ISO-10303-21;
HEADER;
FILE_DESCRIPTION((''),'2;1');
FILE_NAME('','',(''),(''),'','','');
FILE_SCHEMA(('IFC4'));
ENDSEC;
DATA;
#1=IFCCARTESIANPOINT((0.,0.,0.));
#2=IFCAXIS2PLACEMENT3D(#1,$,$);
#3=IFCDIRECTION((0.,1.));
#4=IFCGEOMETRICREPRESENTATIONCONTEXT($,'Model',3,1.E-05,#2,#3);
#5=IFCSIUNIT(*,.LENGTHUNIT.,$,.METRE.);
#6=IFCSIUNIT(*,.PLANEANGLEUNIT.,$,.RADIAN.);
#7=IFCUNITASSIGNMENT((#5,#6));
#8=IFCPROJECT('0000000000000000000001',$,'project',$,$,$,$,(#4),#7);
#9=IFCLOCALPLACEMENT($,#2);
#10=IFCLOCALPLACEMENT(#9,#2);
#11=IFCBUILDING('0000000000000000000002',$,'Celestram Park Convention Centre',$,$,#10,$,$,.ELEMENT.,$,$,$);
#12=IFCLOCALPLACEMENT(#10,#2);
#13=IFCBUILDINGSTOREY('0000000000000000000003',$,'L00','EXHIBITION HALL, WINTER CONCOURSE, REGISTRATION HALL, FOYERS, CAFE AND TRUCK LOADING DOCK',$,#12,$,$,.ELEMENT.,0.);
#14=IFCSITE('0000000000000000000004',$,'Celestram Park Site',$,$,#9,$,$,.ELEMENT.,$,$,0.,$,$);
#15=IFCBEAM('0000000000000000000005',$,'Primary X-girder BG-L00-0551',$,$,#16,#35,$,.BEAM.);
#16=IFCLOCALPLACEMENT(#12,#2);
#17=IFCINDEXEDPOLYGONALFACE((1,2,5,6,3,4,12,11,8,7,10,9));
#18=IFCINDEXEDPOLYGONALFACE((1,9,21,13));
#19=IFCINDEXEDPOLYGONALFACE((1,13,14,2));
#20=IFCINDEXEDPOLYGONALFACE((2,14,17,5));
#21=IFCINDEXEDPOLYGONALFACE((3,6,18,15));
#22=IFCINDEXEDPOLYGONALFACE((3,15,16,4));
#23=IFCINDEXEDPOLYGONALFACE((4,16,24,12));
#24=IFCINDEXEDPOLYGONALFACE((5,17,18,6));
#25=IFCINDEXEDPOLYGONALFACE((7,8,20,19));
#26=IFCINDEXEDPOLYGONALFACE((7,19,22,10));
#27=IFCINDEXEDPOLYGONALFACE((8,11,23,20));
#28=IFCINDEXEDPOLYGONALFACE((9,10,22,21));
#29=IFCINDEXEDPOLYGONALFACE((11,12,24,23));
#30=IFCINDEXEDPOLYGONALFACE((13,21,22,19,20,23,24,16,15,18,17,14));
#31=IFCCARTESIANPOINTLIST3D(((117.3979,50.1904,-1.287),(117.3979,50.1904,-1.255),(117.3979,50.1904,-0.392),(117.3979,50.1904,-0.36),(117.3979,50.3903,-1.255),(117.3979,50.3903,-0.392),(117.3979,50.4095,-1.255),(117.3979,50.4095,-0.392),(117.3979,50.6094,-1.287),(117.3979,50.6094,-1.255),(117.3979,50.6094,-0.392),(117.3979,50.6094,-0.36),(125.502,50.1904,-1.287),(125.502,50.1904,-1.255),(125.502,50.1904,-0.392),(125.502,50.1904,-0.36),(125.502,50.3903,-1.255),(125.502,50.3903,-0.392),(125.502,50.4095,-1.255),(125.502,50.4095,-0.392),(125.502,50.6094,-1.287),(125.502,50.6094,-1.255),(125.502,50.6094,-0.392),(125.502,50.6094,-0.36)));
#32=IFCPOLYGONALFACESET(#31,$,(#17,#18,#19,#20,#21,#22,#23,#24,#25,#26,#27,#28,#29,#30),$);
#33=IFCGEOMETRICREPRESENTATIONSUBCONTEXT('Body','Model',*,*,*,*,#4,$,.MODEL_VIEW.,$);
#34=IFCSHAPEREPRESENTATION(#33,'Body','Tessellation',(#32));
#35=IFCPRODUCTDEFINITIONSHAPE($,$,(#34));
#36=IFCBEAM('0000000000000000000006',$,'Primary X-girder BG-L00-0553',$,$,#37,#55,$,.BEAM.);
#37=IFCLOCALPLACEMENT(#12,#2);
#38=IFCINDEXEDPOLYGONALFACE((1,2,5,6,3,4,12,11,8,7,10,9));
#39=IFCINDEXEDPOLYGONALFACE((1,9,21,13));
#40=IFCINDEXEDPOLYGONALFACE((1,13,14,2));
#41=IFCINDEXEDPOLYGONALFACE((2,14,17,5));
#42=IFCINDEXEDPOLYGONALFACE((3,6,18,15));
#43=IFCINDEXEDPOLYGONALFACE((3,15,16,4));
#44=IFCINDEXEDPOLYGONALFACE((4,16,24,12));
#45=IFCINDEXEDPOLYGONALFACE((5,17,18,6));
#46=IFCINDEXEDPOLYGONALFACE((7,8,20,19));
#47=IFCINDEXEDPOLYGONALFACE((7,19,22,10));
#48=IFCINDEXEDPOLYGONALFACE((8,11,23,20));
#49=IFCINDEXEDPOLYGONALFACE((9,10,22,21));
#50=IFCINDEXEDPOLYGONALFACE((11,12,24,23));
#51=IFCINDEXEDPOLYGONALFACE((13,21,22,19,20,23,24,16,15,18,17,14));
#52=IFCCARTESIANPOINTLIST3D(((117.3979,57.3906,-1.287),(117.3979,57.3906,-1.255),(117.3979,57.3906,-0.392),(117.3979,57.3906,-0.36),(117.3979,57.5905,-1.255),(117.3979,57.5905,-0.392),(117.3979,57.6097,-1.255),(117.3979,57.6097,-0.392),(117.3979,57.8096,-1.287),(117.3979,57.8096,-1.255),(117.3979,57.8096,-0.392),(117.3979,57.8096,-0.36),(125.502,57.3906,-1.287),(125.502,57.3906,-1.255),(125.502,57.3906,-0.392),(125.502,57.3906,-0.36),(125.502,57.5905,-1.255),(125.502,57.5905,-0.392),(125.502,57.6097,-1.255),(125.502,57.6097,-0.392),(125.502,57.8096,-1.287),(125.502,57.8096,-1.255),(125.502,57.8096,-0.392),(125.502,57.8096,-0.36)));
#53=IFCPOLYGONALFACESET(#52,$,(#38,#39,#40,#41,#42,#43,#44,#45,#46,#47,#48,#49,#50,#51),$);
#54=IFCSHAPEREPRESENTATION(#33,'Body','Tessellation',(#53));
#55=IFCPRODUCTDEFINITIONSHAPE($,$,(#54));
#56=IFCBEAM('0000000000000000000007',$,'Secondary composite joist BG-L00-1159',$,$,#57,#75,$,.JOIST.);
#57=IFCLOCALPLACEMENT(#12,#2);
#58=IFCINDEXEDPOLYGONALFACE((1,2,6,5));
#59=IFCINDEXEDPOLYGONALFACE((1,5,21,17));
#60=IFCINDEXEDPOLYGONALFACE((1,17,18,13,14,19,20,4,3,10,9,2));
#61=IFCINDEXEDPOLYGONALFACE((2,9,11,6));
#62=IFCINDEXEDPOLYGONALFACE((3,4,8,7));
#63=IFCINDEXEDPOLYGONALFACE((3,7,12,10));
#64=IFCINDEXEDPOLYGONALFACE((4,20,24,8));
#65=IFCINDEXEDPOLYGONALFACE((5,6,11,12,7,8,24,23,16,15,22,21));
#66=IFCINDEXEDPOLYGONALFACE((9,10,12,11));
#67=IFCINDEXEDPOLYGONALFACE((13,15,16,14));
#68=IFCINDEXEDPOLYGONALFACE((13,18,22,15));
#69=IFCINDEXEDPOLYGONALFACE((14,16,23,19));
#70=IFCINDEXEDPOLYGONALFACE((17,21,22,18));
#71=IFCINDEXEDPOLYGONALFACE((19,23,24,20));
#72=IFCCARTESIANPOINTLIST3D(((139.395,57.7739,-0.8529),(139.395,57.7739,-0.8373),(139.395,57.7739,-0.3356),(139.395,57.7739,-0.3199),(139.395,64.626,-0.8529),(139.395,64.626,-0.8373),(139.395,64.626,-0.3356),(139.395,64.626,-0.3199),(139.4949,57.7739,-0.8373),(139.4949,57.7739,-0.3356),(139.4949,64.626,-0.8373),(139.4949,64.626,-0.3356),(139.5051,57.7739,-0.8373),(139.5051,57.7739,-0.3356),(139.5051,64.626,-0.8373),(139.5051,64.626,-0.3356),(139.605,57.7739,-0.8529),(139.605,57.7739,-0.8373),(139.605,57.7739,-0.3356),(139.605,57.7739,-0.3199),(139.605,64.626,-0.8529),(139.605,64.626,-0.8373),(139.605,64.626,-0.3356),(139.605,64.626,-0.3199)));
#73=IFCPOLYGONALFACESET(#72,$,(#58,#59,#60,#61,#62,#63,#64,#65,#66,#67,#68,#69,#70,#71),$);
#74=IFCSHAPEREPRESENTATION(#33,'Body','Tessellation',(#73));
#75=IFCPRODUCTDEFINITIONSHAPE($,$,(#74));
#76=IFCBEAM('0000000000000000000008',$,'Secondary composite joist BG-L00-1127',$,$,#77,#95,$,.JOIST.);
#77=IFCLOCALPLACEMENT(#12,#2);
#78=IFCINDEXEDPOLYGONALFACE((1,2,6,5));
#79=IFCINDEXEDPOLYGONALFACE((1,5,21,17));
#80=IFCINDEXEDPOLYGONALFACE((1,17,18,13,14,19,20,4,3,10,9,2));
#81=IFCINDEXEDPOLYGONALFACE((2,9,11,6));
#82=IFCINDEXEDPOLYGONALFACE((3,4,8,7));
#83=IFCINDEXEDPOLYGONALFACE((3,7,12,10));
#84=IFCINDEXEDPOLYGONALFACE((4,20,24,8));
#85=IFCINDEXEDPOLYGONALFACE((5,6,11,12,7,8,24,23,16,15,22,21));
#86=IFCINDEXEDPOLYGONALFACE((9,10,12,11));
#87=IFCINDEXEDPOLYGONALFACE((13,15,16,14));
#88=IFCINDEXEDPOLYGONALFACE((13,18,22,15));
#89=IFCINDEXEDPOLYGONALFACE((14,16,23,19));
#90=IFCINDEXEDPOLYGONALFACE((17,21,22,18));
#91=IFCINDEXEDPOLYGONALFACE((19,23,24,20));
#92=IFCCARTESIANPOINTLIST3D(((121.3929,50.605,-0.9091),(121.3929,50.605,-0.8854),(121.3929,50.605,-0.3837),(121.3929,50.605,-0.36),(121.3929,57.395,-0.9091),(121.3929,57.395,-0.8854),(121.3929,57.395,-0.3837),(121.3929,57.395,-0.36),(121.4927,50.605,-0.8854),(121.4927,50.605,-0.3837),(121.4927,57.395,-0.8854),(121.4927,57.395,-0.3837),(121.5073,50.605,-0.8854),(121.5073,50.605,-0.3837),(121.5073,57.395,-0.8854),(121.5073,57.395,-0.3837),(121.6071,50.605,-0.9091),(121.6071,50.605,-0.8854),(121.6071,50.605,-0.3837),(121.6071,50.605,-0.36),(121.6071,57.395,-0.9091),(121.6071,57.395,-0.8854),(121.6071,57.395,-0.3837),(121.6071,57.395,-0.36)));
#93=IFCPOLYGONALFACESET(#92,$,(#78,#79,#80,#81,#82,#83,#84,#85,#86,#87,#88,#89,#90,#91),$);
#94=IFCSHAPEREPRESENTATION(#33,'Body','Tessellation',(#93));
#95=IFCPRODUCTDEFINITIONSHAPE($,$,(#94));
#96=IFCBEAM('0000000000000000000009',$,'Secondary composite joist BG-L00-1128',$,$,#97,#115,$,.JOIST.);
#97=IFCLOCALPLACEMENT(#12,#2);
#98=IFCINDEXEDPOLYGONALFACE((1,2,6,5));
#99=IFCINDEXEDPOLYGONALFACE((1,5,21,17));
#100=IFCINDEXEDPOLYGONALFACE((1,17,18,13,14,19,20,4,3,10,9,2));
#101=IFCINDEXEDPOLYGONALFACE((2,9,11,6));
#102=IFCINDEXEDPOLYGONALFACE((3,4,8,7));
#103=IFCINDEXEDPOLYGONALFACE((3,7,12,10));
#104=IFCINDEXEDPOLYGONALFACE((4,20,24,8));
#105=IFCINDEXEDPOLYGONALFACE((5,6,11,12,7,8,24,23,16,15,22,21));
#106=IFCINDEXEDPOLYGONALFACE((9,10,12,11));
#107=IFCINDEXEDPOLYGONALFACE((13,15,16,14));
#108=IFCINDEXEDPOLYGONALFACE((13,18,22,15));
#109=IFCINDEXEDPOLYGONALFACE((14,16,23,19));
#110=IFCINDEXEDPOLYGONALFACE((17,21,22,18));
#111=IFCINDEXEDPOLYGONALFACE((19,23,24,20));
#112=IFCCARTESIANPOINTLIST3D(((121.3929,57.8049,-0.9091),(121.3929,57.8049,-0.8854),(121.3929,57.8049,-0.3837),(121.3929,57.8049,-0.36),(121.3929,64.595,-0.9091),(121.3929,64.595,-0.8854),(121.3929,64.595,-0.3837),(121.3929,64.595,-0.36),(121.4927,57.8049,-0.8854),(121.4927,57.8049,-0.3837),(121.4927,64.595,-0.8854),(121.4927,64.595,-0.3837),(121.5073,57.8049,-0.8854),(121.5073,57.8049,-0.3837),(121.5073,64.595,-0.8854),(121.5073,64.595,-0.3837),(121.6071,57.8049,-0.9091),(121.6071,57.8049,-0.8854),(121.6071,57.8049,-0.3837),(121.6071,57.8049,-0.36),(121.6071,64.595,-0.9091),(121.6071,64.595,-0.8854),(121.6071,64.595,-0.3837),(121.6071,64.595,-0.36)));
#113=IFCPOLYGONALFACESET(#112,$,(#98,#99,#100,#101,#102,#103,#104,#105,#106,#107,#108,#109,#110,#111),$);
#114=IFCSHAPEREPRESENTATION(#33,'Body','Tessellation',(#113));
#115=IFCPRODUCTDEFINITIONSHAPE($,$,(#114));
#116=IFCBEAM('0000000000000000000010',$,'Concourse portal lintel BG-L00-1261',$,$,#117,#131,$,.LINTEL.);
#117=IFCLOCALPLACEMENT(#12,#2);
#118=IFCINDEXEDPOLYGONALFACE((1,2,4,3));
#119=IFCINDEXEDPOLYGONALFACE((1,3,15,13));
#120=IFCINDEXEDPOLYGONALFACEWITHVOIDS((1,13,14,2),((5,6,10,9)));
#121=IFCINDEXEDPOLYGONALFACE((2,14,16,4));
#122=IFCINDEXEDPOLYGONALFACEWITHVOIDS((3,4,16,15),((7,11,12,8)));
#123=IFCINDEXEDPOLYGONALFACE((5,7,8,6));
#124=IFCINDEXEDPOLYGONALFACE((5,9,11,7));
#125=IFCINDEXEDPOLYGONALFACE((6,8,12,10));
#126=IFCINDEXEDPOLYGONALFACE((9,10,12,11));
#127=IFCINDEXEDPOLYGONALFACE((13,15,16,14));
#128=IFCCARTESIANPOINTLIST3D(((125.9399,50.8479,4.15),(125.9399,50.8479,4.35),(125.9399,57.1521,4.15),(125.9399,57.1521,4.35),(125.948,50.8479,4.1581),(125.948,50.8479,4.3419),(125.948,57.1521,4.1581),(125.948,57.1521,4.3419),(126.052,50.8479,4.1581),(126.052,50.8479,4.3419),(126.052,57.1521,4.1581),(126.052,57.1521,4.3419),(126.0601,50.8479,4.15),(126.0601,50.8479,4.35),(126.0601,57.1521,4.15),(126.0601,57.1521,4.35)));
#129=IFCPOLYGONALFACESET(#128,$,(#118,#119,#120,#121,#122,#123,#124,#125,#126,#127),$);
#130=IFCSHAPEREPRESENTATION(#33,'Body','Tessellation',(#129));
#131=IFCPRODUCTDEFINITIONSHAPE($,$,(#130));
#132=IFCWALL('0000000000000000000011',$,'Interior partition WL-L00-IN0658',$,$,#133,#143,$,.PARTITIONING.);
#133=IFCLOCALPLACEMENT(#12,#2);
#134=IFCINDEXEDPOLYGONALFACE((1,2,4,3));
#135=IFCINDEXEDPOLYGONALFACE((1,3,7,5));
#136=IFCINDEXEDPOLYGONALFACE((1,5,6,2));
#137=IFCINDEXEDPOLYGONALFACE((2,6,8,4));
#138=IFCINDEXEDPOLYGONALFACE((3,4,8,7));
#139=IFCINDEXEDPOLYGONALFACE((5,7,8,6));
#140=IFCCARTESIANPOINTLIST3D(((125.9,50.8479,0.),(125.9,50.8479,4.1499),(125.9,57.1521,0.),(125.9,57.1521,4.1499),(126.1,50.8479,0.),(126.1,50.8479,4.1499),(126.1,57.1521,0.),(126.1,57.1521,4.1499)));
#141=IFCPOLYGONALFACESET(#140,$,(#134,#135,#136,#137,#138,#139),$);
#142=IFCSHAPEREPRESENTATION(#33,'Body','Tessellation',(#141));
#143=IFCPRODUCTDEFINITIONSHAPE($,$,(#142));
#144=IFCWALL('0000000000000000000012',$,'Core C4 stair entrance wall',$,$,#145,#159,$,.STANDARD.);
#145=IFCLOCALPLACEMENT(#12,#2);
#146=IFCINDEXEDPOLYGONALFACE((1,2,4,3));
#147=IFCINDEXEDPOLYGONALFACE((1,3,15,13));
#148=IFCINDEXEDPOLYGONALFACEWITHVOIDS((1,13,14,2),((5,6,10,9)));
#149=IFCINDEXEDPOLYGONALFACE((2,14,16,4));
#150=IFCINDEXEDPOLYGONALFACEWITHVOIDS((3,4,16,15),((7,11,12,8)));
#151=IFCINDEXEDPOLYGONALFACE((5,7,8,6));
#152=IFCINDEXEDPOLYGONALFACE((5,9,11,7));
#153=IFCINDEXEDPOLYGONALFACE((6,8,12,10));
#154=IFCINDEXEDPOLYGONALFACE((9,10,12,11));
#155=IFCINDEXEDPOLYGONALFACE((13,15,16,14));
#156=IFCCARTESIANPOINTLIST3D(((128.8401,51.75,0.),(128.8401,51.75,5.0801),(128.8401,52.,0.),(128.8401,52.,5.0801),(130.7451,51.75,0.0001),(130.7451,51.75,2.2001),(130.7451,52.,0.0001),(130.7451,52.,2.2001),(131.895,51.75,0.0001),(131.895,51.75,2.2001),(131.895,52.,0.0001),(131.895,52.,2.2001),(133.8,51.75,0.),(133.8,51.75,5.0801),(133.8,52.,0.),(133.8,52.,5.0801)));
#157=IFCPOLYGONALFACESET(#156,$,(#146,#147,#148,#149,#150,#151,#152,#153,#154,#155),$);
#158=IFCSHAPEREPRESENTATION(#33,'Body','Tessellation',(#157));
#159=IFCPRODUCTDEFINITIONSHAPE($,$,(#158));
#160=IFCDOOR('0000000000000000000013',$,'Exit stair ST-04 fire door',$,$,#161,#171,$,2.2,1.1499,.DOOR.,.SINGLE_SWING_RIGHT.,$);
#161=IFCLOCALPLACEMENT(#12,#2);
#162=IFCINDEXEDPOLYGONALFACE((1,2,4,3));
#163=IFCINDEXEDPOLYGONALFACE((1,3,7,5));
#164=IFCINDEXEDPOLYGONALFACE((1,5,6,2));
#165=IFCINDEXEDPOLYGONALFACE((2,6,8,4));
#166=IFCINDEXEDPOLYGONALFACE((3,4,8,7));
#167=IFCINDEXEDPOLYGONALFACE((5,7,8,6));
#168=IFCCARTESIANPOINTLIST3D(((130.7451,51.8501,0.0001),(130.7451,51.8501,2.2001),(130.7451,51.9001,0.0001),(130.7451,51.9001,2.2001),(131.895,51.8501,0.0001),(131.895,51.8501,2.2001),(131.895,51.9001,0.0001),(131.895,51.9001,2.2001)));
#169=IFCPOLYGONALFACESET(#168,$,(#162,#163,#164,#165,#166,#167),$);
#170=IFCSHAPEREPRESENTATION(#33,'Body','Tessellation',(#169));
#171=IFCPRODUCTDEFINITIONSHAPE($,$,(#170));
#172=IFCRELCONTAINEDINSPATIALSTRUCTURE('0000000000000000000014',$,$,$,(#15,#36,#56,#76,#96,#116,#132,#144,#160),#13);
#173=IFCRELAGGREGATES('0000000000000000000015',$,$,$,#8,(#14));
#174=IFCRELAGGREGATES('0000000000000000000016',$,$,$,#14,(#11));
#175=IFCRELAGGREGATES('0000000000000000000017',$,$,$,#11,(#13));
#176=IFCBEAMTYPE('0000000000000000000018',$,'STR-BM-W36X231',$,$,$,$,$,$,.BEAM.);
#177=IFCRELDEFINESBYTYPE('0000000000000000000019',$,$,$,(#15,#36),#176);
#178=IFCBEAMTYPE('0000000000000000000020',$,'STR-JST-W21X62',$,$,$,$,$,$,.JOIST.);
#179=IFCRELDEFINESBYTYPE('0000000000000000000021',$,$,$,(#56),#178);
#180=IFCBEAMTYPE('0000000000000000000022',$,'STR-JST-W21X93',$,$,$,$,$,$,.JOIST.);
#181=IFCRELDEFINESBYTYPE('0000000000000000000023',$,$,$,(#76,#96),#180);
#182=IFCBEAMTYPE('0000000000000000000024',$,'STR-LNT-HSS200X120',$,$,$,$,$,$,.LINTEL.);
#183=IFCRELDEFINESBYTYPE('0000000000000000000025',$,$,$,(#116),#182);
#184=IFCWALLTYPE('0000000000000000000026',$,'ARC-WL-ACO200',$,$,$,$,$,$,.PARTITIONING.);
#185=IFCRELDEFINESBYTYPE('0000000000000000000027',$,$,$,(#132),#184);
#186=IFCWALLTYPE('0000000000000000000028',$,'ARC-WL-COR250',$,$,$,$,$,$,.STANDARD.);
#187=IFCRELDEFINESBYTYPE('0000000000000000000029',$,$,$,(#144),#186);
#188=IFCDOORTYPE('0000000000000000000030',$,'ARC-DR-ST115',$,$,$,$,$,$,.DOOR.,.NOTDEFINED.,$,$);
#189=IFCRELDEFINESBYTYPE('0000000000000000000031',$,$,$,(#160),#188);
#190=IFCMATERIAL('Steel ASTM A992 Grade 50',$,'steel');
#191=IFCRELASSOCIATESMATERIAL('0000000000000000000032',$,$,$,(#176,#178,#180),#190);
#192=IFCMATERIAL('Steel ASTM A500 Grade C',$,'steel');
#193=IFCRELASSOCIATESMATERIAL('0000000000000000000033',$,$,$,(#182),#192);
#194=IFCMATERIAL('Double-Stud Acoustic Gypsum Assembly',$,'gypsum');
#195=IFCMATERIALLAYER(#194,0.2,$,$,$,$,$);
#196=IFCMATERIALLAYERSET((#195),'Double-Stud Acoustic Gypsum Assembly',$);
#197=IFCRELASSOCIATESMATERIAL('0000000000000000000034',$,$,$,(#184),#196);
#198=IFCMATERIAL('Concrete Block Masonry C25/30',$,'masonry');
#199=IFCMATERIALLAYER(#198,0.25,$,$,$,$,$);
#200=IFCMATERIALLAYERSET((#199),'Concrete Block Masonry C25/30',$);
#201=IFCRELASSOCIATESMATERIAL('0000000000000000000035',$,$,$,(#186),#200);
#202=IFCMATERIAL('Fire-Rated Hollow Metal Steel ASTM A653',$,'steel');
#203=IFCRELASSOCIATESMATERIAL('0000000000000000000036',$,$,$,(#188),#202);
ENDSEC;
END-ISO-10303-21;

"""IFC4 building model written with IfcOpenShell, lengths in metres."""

from ifc_helpers import new_model, si_unit, direction, frame, frame_2d, origin, origin_2d, place, context, subcontext, project, spatial, rectangle, hollow_rectangle, i_section, extrude, material, layer, layer_set, material_profile, profile_set, type_object, element, fill, save


model = new_model("IFC4")

# Units and contexts
model_context = context("Model", 3, precision=1e-05, world=origin(), true_north=direction((0.0, 1.0)))
body_context = subcontext(model_context, "Body", "Model", "MODEL_VIEW")
ifc_project = project(units=[si_unit("LENGTHUNIT", "METRE"), si_unit("PLANEANGLEUNIT", "RADIAN")], contexts=[model_context])

# Site, building, storey
site_placement = place(None, origin())
site = spatial("IfcSite", under=ifc_project, at=site_placement, Name="Celestram Park Site", CompositionType="ELEMENT", RefElevation=0.0)
building_placement = place(site_placement, origin())
building = spatial("IfcBuilding", under=site, at=building_placement, Name="Celestram Park Convention Centre", CompositionType="ELEMENT")
storey_placement = place(building_placement, origin())
storey = spatial("IfcBuildingStorey", under=building, at=storey_placement, Name="L00", Description="EXHIBITION HALL, WINTER CONCOURSE, REGISTRATION HALL, FOYERS, CAFE AND TRUCK LOADING DOCK", CompositionType="ELEMENT", Elevation=0.0)

# Beams
ifc_material_1 = material(Name="Steel ASTM A992 Grade 50", Category="steel")
ifc_material_profile_1 = material_profile(ifc_material_1, i_section(OverallWidth=0.4189, OverallDepth=0.927, WebThickness=0.0193, FlangeThickness=0.032, at=origin_2d()), Name="W36X231")
ifc_profile_set_1 = profile_set([ifc_material_profile_1], Name="Steel ASTM A992 Grade 50")
beam_type_1 = type_object("IfcBeamType", Name="STR-BM-W36X231", PredefinedType="BEAM", material=ifc_profile_set_1)
for number, where, z_axis, x_axis, name in (
    (1, (117.3979, 50.3999, -0.8235), (1.0, 0.0, 0.0), (0.0, 1.0, 0.0), "Primary X-girder BG-L00-0551"),
    (2, (117.3979, 57.6001, -0.8235), (1.0, 0.0, 0.0), (0.0, 1.0, 0.0), "Primary X-girder BG-L00-0553"),
):
    element("IfcBeam", number, at=place(storey_placement, frame(where, z_axis=z_axis, x_axis=x_axis)), inside=storey, type_object=beam_type_1, Name=name, PredefinedType="BEAM", context=body_context, shape_type="SweptSolid", body=[
        extrude(i_section(OverallWidth=0.4189, OverallDepth=0.927, WebThickness=0.0193, FlangeThickness=0.032, at=origin_2d()), origin(), (0.0, 0.0, 1.0), 8.104),
    ])
ifc_material_profile_2 = material_profile(ifc_material_1, i_section(OverallWidth=0.21, OverallDepth=0.533, WebThickness=0.0103, FlangeThickness=0.0156, at=origin_2d()), Name="W21X62")
ifc_profile_set_2 = profile_set([ifc_material_profile_2], Name="Steel ASTM A992 Grade 50")
beam_type_2 = type_object("IfcBeamType", Name="STR-JST-W21X62", PredefinedType="JOIST", material=ifc_profile_set_2)
beam_1_placement = place(storey_placement, frame((139.5, 57.7739, -0.5864), z_axis=(0.0, 1.0, 0.0), x_axis=(-1.0, 0.0, 0.0)))
element("IfcBeam", 3, at=beam_1_placement, inside=storey, type_object=beam_type_2, Name="Secondary composite joist BG-L00-1159", PredefinedType="JOIST", context=body_context, shape_type="SweptSolid", body=[
    extrude(i_section(OverallWidth=0.21, OverallDepth=0.533, WebThickness=0.0103, FlangeThickness=0.0156, at=origin_2d()), origin(), (0.0, 0.0, 1.0), 6.8521),
])
ifc_material_profile_3 = material_profile(ifc_material_1, i_section(OverallWidth=0.2141, OverallDepth=0.5491, WebThickness=0.0146, FlangeThickness=0.0237, at=origin_2d()), Name="W21X93")
ifc_profile_set_3 = profile_set([ifc_material_profile_3], Name="Steel ASTM A992 Grade 50")
beam_type_3 = type_object("IfcBeamType", Name="STR-JST-W21X93", PredefinedType="JOIST", material=ifc_profile_set_3)
for number, where, z_axis, x_axis, name in (
    (4, (121.5, 50.605, -0.6345), (0.0, 1.0, 0.0), (-1.0, 0.0, 0.0), "Secondary composite joist BG-L00-1127"),
    (5, (121.5, 57.8049, -0.6345), (0.0, 1.0, 0.0), (-1.0, 0.0, 0.0), "Secondary composite joist BG-L00-1128"),
):
    element("IfcBeam", number, at=place(storey_placement, frame(where, z_axis=z_axis, x_axis=x_axis)), inside=storey, type_object=beam_type_3, Name=name, PredefinedType="JOIST", context=body_context, shape_type="SweptSolid", body=[
        extrude(i_section(OverallWidth=0.2141, OverallDepth=0.5491, WebThickness=0.0146, FlangeThickness=0.0237, at=origin_2d()), origin(), (0.0, 0.0, 1.0), 6.79),
    ])
ifc_material_2 = material(Name="Steel ASTM A500 Grade C", Category="steel")
ifc_material_profile_4 = material_profile(ifc_material_2, hollow_rectangle(XDim=0.1201, YDim=0.2, WallThickness=0.0081, at=origin_2d()), Name="HSS200X120X8")
ifc_profile_set_4 = profile_set([ifc_material_profile_4], Name="Steel ASTM A500 Grade C")
beam_type_4 = type_object("IfcBeamType", Name="STR-LNT-HSS200X120", PredefinedType="LINTEL", material=ifc_profile_set_4)
beam_2_placement = place(storey_placement, frame((126.0, 50.8479, 4.25), z_axis=(0.0, 1.0, 0.0), x_axis=(-1.0, 0.0, 0.0)))
element("IfcBeam", 6, at=beam_2_placement, inside=storey, type_object=beam_type_4, Name="Concourse portal lintel BG-L00-1261", PredefinedType="LINTEL", context=body_context, shape_type="SweptSolid", body=[
    extrude(hollow_rectangle(XDim=0.1201, YDim=0.2, WallThickness=0.0081, at=origin_2d()), origin(), (0.0, 0.0, 1.0), 6.3042),
])

# Wall
ifc_material_3 = material(Name="Double-Stud Acoustic Gypsum Assembly", Category="gypsum")
ifc_layer_1 = layer(ifc_material_3, 0.2)
ifc_layer_set_1 = layer_set([ifc_layer_1], Name="Double-Stud Acoustic Gypsum Assembly")
wall_type_1 = type_object("IfcWallType", Name="ARC-WL-ACO200", PredefinedType="PARTITIONING", material=ifc_layer_set_1)
wall_1_placement = place(storey_placement, frame((126.0, 50.8479, 0.0), z_axis=(0.0, 0.0, 1.0), x_axis=(0.0, 1.0, 0.0)))
element("IfcWall", 7, at=wall_1_placement, inside=storey, type_object=wall_type_1, Name="Interior partition WL-L00-IN0658", PredefinedType="PARTITIONING", context=body_context, shape_type="SweptSolid", body=[
    extrude(rectangle(XDim=6.3042, YDim=0.2, at=frame_2d((3.1521, 0.0))), origin(), (0.0, 0.0, 1.0), 4.1499),
])

# Wall, opening, door
ifc_material_4 = material(Name="Concrete Block Masonry C25/30", Category="masonry")
ifc_layer_2 = layer(ifc_material_4, 0.25)
ifc_layer_set_2 = layer_set([ifc_layer_2], Name="Concrete Block Masonry C25/30")
wall_type_2 = type_object("IfcWallType", Name="ARC-WL-COR250", PredefinedType="STANDARD", material=ifc_layer_set_2)
wall_2_placement = place(storey_placement, frame((133.8, 51.875, 0.0), z_axis=(0.0, 0.0, 1.0), x_axis=(-1.0, 0.0, 0.0)))
wall_2 = element("IfcWall", 8, at=wall_2_placement, inside=storey, type_object=wall_type_2, Name="Core C4 stair entrance wall", PredefinedType="STANDARD", context=body_context, shape_type="SweptSolid", body=[
    extrude(rectangle(XDim=4.96, YDim=0.25, at=frame_2d((2.48, 0.0))), origin(), (0.0, 0.0, 1.0), 5.0801),
])
opening_1_placement = place(wall_2_placement, frame((1.905, 0.0, 0.0)))
opening_1 = element("IfcOpeningElement", 9, at=opening_1_placement, cuts=wall_2, PredefinedType="OPENING", context=body_context, shape_type="SweptSolid", body=[
    extrude(rectangle(XDim=1.1499, YDim=2.2, at=frame_2d((0.575, 1.1001))), frame((0.0, 0.135, 0.0), z_axis=(0.0, -1.0, 0.0), x_axis=(1.0, 0.0, 0.0)), (0.0, 0.0, 1.0), 0.27),
])
ifc_material_5 = material(Name="Fire-Rated Hollow Metal Steel ASTM A653", Category="steel")
door_type_1 = type_object("IfcDoorType", Name="ARC-DR-ST115", OperationType="NOTDEFINED", PredefinedType="DOOR", material=ifc_material_5)
door_1_placement = place(opening_1_placement, origin())
door_1 = element("IfcDoor", 10, at=door_1_placement, inside=storey, type_object=door_type_1, Name="Exit stair ST-04 fire door", OperationType="SINGLE_SWING_RIGHT", OverallHeight=2.2, OverallWidth=1.1499, PredefinedType="DOOR", context=body_context, shape_type="SweptSolid", body=[
    extrude(rectangle(XDim=1.1499, YDim=2.2, at=frame_2d((0.575, 1.1001))), frame((0.0, 0.0249, 0.0), z_axis=(0.0, -1.0, 0.0), x_axis=(1.0, 0.0, 0.0)), (0.0, 0.0, 1.0), 0.05),
])
fill(opening_1, door_1)

save(model, "model.ifc")
